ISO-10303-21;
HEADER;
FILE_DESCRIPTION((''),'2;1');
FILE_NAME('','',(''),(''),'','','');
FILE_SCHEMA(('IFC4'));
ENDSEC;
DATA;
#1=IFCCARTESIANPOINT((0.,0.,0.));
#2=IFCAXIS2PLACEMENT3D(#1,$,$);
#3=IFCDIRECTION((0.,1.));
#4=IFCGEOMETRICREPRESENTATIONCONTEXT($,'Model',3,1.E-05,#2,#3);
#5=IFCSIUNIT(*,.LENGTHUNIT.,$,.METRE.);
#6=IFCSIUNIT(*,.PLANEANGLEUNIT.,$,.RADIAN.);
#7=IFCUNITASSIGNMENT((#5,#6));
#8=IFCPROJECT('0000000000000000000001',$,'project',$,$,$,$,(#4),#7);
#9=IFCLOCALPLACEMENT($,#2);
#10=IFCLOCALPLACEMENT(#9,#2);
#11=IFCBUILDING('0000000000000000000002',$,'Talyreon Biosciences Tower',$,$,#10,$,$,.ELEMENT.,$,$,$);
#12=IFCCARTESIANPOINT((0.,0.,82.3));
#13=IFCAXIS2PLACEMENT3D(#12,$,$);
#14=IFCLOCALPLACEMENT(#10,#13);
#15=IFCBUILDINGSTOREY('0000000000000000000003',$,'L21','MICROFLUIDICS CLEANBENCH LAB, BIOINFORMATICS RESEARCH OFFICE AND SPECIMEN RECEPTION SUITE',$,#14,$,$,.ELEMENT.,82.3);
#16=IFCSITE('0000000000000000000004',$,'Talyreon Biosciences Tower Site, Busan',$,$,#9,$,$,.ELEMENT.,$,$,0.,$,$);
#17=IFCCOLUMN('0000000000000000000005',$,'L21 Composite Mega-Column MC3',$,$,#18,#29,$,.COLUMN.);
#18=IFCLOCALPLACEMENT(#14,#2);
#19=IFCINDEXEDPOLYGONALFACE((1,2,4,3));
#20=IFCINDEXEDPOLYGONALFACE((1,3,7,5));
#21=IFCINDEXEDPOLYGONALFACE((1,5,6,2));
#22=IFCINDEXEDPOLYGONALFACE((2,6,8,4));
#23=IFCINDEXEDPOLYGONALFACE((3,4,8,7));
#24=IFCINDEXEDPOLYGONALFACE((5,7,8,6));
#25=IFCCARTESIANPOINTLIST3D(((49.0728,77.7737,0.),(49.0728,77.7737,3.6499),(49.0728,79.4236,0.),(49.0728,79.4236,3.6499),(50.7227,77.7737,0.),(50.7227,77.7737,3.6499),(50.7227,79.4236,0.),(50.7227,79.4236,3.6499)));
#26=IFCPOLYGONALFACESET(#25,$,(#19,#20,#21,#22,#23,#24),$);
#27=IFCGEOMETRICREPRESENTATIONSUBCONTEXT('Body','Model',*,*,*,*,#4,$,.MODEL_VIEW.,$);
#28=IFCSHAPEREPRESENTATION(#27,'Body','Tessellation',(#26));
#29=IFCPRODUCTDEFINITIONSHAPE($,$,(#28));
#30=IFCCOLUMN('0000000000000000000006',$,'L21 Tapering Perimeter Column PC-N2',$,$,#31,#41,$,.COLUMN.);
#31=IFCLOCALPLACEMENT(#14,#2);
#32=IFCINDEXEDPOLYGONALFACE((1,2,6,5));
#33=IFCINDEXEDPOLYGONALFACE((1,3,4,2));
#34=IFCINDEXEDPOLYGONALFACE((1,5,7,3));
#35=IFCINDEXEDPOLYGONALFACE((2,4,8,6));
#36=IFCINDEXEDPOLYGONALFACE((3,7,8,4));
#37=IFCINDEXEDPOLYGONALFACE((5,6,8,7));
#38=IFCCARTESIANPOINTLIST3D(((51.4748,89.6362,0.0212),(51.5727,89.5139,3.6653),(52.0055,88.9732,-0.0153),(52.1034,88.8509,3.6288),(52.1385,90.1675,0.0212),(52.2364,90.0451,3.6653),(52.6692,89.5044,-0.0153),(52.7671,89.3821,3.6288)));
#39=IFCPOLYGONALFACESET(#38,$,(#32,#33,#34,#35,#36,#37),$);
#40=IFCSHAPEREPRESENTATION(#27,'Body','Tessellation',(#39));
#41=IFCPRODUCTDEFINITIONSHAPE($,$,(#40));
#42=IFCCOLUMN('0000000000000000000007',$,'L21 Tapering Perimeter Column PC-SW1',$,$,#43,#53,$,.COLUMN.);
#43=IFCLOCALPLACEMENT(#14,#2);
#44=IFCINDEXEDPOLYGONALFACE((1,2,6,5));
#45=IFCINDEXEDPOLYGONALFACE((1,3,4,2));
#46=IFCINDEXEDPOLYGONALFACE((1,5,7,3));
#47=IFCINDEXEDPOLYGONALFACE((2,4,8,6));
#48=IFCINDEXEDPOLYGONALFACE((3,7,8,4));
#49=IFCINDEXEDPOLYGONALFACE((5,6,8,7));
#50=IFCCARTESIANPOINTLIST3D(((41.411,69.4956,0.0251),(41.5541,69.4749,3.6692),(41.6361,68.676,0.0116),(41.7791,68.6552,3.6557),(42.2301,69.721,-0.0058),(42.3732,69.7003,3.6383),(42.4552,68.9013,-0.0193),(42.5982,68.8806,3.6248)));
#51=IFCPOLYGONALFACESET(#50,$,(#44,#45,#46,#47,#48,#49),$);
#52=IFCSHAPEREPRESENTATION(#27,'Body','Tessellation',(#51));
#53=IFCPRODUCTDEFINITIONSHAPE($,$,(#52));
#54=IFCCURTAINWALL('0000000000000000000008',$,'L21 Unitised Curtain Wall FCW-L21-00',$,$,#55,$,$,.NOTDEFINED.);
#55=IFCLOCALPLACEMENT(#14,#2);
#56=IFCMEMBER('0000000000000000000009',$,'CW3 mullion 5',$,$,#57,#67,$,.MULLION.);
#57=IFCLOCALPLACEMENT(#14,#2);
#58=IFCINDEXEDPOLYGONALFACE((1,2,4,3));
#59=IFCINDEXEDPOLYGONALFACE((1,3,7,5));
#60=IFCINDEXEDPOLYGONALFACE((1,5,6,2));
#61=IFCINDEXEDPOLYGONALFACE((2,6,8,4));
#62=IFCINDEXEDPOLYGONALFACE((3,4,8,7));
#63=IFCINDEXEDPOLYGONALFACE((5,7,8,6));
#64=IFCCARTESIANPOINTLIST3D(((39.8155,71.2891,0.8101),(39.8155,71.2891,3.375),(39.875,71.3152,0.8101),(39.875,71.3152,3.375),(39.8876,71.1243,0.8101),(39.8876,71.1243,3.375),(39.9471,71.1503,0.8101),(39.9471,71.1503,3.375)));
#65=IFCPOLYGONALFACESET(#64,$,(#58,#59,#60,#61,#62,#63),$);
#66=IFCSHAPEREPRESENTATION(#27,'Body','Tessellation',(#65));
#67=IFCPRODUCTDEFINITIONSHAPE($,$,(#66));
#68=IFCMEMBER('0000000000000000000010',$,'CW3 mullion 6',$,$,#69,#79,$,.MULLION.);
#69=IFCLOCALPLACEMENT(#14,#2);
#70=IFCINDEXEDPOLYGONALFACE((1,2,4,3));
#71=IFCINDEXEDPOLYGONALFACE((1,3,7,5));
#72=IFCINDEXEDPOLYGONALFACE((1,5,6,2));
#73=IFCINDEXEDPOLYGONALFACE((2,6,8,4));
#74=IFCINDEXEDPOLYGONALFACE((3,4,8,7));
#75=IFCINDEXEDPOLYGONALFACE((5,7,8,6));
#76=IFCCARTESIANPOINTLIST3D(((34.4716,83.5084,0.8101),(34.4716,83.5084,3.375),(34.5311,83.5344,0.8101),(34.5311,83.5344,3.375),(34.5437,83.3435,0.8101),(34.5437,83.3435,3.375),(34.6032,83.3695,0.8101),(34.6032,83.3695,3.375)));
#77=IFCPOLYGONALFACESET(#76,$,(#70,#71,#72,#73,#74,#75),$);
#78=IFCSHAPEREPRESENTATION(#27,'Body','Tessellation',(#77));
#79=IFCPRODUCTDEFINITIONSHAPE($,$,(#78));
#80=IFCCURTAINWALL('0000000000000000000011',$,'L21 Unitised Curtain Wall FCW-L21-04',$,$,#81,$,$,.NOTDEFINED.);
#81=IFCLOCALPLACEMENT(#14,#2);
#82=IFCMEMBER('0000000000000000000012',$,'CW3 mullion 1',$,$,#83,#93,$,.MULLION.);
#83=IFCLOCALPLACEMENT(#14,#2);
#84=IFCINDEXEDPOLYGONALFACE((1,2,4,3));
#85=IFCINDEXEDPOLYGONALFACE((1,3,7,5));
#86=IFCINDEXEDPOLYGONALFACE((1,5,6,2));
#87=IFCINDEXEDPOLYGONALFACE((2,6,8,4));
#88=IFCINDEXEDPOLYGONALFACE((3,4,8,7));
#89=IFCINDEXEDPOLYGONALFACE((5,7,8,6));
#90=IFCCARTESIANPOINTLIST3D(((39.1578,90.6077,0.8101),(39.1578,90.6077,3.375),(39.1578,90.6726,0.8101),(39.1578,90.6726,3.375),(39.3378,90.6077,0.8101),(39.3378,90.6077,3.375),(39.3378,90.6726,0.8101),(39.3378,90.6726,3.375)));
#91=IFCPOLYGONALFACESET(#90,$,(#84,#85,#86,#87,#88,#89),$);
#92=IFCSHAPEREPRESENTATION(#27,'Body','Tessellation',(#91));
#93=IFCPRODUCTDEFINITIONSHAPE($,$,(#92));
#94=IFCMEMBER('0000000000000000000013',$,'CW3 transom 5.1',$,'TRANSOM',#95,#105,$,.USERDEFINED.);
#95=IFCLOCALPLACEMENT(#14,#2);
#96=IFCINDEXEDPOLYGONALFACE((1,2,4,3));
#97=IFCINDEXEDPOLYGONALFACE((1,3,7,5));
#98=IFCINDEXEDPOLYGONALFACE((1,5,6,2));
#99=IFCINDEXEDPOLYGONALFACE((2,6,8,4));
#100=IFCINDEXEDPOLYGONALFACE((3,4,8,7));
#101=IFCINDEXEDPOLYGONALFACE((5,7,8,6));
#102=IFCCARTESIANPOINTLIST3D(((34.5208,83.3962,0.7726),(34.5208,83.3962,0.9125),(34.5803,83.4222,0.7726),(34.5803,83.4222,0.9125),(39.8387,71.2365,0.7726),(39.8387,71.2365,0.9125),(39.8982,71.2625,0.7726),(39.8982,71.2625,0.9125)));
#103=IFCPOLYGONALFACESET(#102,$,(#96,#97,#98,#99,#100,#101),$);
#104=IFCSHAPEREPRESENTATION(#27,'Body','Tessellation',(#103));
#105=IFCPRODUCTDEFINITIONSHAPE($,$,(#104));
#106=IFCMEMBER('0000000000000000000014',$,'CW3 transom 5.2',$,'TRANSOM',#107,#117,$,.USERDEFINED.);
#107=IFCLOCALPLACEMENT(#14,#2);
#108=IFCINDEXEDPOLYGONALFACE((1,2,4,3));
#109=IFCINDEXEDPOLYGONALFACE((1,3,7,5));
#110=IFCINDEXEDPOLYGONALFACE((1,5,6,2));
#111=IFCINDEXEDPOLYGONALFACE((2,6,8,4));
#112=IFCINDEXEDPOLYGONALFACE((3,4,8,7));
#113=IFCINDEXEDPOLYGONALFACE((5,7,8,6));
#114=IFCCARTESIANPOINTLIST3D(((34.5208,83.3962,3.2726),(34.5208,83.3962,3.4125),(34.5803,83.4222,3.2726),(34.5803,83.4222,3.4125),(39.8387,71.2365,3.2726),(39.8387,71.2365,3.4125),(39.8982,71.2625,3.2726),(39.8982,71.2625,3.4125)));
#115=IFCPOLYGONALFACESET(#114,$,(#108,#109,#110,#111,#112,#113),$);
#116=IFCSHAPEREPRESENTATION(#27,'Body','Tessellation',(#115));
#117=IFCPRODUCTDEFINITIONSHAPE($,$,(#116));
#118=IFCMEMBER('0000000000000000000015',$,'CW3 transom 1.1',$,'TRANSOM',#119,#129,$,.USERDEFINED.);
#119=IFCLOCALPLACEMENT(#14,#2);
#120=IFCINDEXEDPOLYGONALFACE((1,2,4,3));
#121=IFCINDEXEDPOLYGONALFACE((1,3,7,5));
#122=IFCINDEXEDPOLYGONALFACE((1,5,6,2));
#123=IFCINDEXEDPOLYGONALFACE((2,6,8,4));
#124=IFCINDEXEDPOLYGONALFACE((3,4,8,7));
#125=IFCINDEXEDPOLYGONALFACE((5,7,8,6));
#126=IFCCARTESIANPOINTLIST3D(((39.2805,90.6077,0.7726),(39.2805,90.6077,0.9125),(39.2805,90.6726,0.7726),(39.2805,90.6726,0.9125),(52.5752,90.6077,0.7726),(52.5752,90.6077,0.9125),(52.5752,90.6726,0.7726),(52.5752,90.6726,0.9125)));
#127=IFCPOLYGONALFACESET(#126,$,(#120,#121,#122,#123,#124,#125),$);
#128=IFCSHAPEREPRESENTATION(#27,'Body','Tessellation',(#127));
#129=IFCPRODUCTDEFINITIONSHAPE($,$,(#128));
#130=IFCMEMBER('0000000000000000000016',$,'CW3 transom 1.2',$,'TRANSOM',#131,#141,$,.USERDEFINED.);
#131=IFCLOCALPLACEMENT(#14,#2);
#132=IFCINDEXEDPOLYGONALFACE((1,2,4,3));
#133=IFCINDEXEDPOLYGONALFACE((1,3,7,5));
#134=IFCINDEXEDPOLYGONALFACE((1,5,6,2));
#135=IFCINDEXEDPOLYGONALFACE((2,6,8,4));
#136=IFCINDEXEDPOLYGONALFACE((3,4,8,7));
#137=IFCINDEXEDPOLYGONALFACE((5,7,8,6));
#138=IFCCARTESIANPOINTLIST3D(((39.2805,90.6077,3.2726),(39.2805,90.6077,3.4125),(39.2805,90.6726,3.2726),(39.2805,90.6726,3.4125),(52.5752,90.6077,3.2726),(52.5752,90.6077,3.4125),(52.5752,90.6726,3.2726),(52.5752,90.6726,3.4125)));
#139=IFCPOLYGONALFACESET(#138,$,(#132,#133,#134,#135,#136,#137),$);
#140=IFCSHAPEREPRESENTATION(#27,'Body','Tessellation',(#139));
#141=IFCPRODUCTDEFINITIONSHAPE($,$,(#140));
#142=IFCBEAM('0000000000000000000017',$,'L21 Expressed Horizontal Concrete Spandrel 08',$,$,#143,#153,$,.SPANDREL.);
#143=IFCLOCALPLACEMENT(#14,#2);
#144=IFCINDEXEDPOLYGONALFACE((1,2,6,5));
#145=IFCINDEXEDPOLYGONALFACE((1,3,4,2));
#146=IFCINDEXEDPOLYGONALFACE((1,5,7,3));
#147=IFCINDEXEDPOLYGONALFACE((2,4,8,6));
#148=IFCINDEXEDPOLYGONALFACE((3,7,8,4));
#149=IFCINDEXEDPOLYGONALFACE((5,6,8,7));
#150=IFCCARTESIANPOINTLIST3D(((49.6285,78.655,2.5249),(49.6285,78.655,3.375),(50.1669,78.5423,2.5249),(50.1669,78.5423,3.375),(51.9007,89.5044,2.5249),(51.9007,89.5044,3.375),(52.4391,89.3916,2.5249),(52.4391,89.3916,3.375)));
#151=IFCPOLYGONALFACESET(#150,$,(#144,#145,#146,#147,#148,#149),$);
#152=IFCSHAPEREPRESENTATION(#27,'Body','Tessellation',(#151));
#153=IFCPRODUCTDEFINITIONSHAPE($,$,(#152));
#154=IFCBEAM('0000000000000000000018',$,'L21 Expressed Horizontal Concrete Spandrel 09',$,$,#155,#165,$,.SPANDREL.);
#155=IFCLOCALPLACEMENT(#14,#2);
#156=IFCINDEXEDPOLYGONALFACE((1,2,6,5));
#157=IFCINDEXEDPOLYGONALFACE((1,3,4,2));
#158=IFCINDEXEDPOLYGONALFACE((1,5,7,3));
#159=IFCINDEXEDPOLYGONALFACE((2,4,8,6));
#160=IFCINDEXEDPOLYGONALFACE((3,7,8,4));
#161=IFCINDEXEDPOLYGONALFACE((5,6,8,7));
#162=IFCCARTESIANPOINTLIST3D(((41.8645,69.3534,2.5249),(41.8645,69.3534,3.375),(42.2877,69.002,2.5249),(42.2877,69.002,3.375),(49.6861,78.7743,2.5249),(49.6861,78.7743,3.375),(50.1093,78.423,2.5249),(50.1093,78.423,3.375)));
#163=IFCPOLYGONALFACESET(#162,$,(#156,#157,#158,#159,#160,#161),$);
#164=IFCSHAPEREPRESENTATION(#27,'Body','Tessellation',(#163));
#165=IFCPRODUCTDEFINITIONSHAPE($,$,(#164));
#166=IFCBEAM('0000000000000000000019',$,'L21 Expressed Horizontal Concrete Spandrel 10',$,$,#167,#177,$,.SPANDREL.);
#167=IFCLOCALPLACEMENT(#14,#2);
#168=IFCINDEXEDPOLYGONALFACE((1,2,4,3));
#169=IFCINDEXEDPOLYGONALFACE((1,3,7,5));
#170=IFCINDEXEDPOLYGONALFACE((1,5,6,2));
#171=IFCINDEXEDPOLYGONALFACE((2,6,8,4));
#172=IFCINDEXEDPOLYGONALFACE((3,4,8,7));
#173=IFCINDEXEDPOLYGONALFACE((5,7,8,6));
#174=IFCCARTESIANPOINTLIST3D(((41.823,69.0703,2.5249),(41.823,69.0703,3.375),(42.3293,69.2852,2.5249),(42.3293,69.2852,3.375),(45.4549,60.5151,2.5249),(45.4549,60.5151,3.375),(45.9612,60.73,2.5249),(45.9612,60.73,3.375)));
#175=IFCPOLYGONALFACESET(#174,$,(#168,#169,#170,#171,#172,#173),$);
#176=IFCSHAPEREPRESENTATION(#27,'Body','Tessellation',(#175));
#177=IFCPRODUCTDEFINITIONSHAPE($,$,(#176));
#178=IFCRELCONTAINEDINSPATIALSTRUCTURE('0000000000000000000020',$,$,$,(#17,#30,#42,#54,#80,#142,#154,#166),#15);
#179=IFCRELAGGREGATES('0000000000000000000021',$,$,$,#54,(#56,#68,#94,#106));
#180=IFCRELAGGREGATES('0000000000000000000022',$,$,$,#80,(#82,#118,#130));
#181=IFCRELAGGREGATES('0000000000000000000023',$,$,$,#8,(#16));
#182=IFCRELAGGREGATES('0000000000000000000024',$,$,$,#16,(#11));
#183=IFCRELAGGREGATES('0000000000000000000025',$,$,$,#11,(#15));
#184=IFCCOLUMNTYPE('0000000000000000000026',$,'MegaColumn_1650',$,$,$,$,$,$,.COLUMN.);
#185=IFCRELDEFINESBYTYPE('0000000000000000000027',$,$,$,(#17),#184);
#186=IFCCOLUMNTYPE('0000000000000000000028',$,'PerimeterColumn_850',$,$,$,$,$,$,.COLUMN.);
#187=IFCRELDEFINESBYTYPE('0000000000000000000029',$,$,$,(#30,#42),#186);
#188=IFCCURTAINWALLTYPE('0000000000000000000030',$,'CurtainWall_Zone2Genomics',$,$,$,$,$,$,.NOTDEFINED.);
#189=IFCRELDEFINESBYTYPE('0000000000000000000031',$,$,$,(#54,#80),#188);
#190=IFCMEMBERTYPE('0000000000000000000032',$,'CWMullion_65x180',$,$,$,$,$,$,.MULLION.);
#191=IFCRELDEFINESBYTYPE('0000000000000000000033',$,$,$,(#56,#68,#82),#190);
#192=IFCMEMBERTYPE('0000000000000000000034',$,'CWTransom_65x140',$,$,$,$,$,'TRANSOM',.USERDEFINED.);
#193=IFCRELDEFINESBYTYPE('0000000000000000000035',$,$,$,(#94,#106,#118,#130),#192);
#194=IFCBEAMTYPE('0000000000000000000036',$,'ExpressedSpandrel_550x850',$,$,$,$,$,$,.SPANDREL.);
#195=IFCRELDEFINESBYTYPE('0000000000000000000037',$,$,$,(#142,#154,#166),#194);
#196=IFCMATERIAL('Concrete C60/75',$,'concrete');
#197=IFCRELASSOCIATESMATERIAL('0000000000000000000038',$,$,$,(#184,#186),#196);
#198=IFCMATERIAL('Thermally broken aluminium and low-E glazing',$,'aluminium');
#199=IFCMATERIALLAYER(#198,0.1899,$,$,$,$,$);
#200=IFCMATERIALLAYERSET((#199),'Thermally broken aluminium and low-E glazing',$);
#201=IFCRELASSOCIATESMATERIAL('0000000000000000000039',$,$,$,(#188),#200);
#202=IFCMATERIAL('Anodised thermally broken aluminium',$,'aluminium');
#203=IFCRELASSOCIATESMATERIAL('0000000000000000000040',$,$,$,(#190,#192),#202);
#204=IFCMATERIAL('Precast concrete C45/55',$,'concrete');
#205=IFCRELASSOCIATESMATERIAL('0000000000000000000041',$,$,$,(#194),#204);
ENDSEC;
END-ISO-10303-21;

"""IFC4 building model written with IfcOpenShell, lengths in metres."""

from ifc_helpers import new_model, si_unit, direction, frame, origin, origin_2d, place, context, subcontext, project, spatial, rectangle, extrude, material, layer, layer_set, material_profile, profile_set, type_object, element, aggregate, save


model = new_model("IFC4")

# Units and contexts
model_context = context("Model", 3, precision=1e-05, world=origin(), true_north=direction((0.0, 1.0)))
body_context = subcontext(model_context, "Body", "Model", "MODEL_VIEW")
ifc_project = project(units=[si_unit("LENGTHUNIT", "METRE"), si_unit("PLANEANGLEUNIT", "RADIAN")], contexts=[model_context])

# Site, building, storey
site_placement = place(None, origin())
site = spatial("IfcSite", under=ifc_project, at=site_placement, Name="Talyreon Biosciences Tower Site, Busan", CompositionType="ELEMENT", RefElevation=0.0)
building_placement = place(site_placement, origin())
building = spatial("IfcBuilding", under=site, at=building_placement, Name="Talyreon Biosciences Tower", CompositionType="ELEMENT")
storey_placement = place(building_placement, frame((0.0, 0.0, 82.3)))
storey = spatial("IfcBuildingStorey", under=building, at=storey_placement, Name="L21", Description="MICROFLUIDICS CLEANBENCH LAB, BIOINFORMATICS RESEARCH OFFICE AND SPECIMEN RECEPTION SUITE", CompositionType="ELEMENT", Elevation=82.3)

# Columns
ifc_material_1 = material(Name="Concrete C60/75", Category="concrete")
ifc_material_profile_1 = material_profile(ifc_material_1, rectangle(XDim=1.6499, YDim=1.6499, at=origin_2d()), Name="RC 1650x1650")
ifc_profile_set_1 = profile_set([ifc_material_profile_1], Name="Concrete C60/75")
column_type_1 = type_object("IfcColumnType", Name="MegaColumn_1650", PredefinedType="COLUMN", material=ifc_profile_set_1)
column_1_placement = place(storey_placement, frame((49.8977, 78.5986, 0.0), z_axis=(0.0, 0.0, 1.0), x_axis=(1.0, 0.0, 0.0)))
element("IfcColumn", 1, at=column_1_placement, inside=storey, type_object=column_type_1, Name="L21 Composite Mega-Column MC3", PredefinedType="COLUMN", context=body_context, shape_type="SweptSolid", body=[
    extrude(rectangle(XDim=1.6499, YDim=1.6499, at=origin_2d()), origin(), (0.0, 0.0, 1.0), 3.6499),
])
ifc_material_profile_2 = material_profile(ifc_material_1, rectangle(XDim=0.8501, YDim=0.8501, at=origin_2d()), Name="RC 850x850")
ifc_profile_set_2 = profile_set([ifc_material_profile_2], Name="Concrete C60/75")
column_type_2 = type_object("IfcColumnType", Name="PerimeterColumn_850", PredefinedType="COLUMN", material=ifc_profile_set_2)
column_2_placement = place(storey_placement, frame((52.072, 89.5703, 0.0029), z_axis=(0.026841, -0.033535, 0.999077), x_axis=(-0.780717, -0.624885, 0.0)))
element("IfcColumn", 2, at=column_2_placement, inside=storey, type_object=column_type_2, Name="L21 Tapering Perimeter Column PC-N2", PredefinedType="COLUMN", context=body_context, shape_type="SweptSolid", body=[
    extrude(rectangle(XDim=0.8501, YDim=0.8501, at=origin_2d()), origin(), (0.0, 0.0, 1.0), 3.6475),
])
column_3_placement = place(storey_placement, frame((41.9331, 69.1985, 0.0029), z_axis=(0.039229, -0.00569, 0.999214), x_axis=(0.963532, 0.265117, -0.036319)))
element("IfcColumn", 3, at=column_3_placement, inside=storey, type_object=column_type_2, Name="L21 Tapering Perimeter Column PC-SW1", PredefinedType="COLUMN", context=body_context, shape_type="SweptSolid", body=[
    extrude(rectangle(XDim=0.8501, YDim=0.8501, at=origin_2d()), origin(), (0.0, 0.0, 1.0), 3.647),
])

# Curtain wall, members
ifc_material_2 = material(Name="Thermally broken aluminium and low-E glazing", Category="aluminium")
ifc_layer_1 = layer(ifc_material_2, 0.1899)
ifc_layer_set_1 = layer_set([ifc_layer_1], Name="Thermally broken aluminium and low-E glazing")
curtain_wall_type = type_object("IfcCurtainWallType", Name="CurtainWall_Zone2Genomics", PredefinedType="NOTDEFINED", material=ifc_layer_set_1)
curtain_wall_1_placement = place(storey_placement, origin())
curtain_wall_1 = element("IfcCurtainWall", 4, at=curtain_wall_1_placement, inside=storey, type_object=curtain_wall_type, Name="L21 Unitised Curtain Wall FCW-L21-00", PredefinedType="NOTDEFINED")
ifc_material_3 = material(Name="Anodised thermally broken aluminium", Category="aluminium")
ifc_material_profile_3 = material_profile(ifc_material_3, rectangle(XDim=0.0649, YDim=0.1799, at=origin_2d()), Name="ALUM MULLION 65x180")
ifc_profile_set_3 = profile_set([ifc_material_profile_3], Name="Anodised thermally broken aluminium")
member_type_1 = type_object("IfcMemberType", Name="CWMullion_65x180", PredefinedType="MULLION", material=ifc_profile_set_3)
member_1_placement = place(storey_placement, frame((39.8813, 71.2197, 0.8101), z_axis=(0.0, 0.0, 1.0), x_axis=(-0.916214, -0.400689, 0.0)))
member_1 = element("IfcMember", 5, at=member_1_placement, type_object=member_type_1, Name="CW3 mullion 5", PredefinedType="MULLION", context=body_context, shape_type="SweptSolid", body=[
    extrude(rectangle(XDim=0.0649, YDim=0.1799, at=origin_2d()), origin(), (0.0, 0.0, 1.0), 2.5649),
])
member_2_placement = place(storey_placement, frame((34.5374, 83.439, 0.8101), z_axis=(0.0, 0.0, 1.0), x_axis=(-0.916214, -0.400689, 0.0)))
member_2 = element("IfcMember", 6, at=member_2_placement, type_object=member_type_1, Name="CW3 mullion 6", PredefinedType="MULLION", context=body_context, shape_type="SweptSolid", body=[
    extrude(rectangle(XDim=0.0649, YDim=0.1799, at=origin_2d()), origin(), (0.0, 0.0, 1.0), 2.5649),
])

# Curtain wall, member
curtain_wall_2_placement = place(storey_placement, origin())
curtain_wall_2 = element("IfcCurtainWall", 7, at=curtain_wall_2_placement, inside=storey, type_object=curtain_wall_type, Name="L21 Unitised Curtain Wall FCW-L21-04", PredefinedType="NOTDEFINED")
member_3_placement = place(storey_placement, frame((39.2478, 90.6401, 0.8101), z_axis=(0.0, 0.0, 1.0), x_axis=(0.0, 1.0, 0.0)))
member_3 = element("IfcMember", 8, at=member_3_placement, type_object=member_type_1, Name="CW3 mullion 1", PredefinedType="MULLION", context=body_context, shape_type="SweptSolid", body=[
    extrude(rectangle(XDim=0.0649, YDim=0.1799, at=origin_2d()), origin(), (0.0, 0.0, 1.0), 2.5649),
])

# Members
ifc_material_profile_4 = material_profile(ifc_material_3, rectangle(XDim=0.0649, YDim=0.1399, at=origin_2d()), Name="ALUM TRANSOM 65x140")
ifc_profile_set_4 = profile_set([ifc_material_profile_4], Name="Anodised thermally broken aluminium")
member_type_2 = type_object("IfcMemberType", Name="CWTransom_65x140", ElementType="TRANSOM", PredefinedType="USERDEFINED", material=ifc_profile_set_4)
member_4_placement = place(storey_placement, frame((39.8684, 71.2495, 0.8425), z_axis=(-0.400693, 0.916212, 0.0), x_axis=(-0.916212, -0.400693, 0.0)))
member_4 = element("IfcMember", 9, at=member_4_placement, type_object=member_type_2, Name="CW3 transom 5.1", ObjectType="TRANSOM", PredefinedType="USERDEFINED", context=body_context, shape_type="SweptSolid", body=[
    extrude(rectangle(XDim=0.0649, YDim=0.1399, at=origin_2d()), origin(), (0.0, 0.0, 1.0), 13.2717),
])
member_5_placement = place(storey_placement, frame((39.8684, 71.2495, 3.3425), z_axis=(-0.400693, 0.916212, 0.0), x_axis=(-0.916212, -0.400693, 0.0)))
member_5 = element("IfcMember", 10, at=member_5_placement, type_object=member_type_2, Name="CW3 transom 5.2", ObjectType="TRANSOM", PredefinedType="USERDEFINED", context=body_context, shape_type="SweptSolid", body=[
    extrude(rectangle(XDim=0.0649, YDim=0.1399, at=origin_2d()), origin(), (0.0, 0.0, 1.0), 13.2717),
])
member_6_placement = place(storey_placement, frame((39.2805, 90.6401, 0.8425), z_axis=(1.0, 0.0, 0.0), x_axis=(0.0, 1.0, 0.0)))
member_6 = element("IfcMember", 11, at=member_6_placement, type_object=member_type_2, Name="CW3 transom 1.1", ObjectType="TRANSOM", PredefinedType="USERDEFINED", context=body_context, shape_type="SweptSolid", body=[
    extrude(rectangle(XDim=0.0649, YDim=0.1399, at=origin_2d()), origin(), (0.0, 0.0, 1.0), 13.2947),
])
member_7_placement = place(storey_placement, frame((39.2805, 90.6401, 3.3425), z_axis=(1.0, 0.0, 0.0), x_axis=(0.0, 1.0, 0.0)))
member_7 = element("IfcMember", 12, at=member_7_placement, type_object=member_type_2, Name="CW3 transom 1.2", ObjectType="TRANSOM", PredefinedType="USERDEFINED", context=body_context, shape_type="SweptSolid", body=[
    extrude(rectangle(XDim=0.0649, YDim=0.1399, at=origin_2d()), origin(), (0.0, 0.0, 1.0), 13.2947),
])

# Beams
ifc_material_4 = material(Name="Precast concrete C45/55", Category="concrete")
ifc_material_profile_5 = material_profile(ifc_material_4, rectangle(XDim=0.55, YDim=0.8501, at=origin_2d()), Name="RCB 550x850")
ifc_profile_set_5 = profile_set([ifc_material_profile_5], Name="Precast concrete C45/55")
beam_type_1 = type_object("IfcBeamType", Name="ExpressedSpandrel_550x850", PredefinedType="SPANDREL", material=ifc_profile_set_5)
beam_1_placement = place(storey_placement, frame((52.1699, 89.448, 2.95), z_axis=(-0.204986, -0.978765, 0.0), x_axis=(0.978765, -0.204986, 0.0)))
element("IfcBeam", 13, at=beam_1_placement, inside=storey, type_object=beam_type_1, Name="L21 Expressed Horizontal Concrete Spandrel 08", PredefinedType="SPANDREL", context=body_context, shape_type="SweptSolid", body=[
    extrude(rectangle(XDim=0.55, YDim=0.8501, at=origin_2d()), origin(), (0.0, 0.0, 1.0), 11.0847),
])
beam_2_placement = place(storey_placement, frame((49.8977, 78.5986, 2.95), z_axis=(-0.638775, -0.769393, 0.0), x_axis=(0.769393, -0.638775, 0.0)))
element("IfcBeam", 14, at=beam_2_placement, inside=storey, type_object=beam_type_1, Name="L21 Expressed Horizontal Concrete Spandrel 09", PredefinedType="SPANDREL", context=body_context, shape_type="SweptSolid", body=[
    extrude(rectangle(XDim=0.55, YDim=0.8501, at=origin_2d()), origin(), (0.0, 0.0, 1.0), 12.2446),
])
beam_3_placement = place(storey_placement, frame((42.0762, 69.1777, 2.95), z_axis=(0.390766, -0.92049, 0.0), x_axis=(0.92049, 0.390766, 0.0)))
element("IfcBeam", 15, at=beam_3_placement, inside=storey, type_object=beam_type_1, Name="L21 Expressed Horizontal Concrete Spandrel 10", PredefinedType="SPANDREL", context=body_context, shape_type="SweptSolid", body=[
    extrude(rectangle(XDim=0.55, YDim=0.8501, at=origin_2d()), origin(), (0.0, 0.0, 1.0), 9.2942),
])

aggregate(curtain_wall_1, [member_1, member_2, member_4, member_5])
aggregate(curtain_wall_2, [member_3, member_6, member_7])

save(model, "model.ifc")
